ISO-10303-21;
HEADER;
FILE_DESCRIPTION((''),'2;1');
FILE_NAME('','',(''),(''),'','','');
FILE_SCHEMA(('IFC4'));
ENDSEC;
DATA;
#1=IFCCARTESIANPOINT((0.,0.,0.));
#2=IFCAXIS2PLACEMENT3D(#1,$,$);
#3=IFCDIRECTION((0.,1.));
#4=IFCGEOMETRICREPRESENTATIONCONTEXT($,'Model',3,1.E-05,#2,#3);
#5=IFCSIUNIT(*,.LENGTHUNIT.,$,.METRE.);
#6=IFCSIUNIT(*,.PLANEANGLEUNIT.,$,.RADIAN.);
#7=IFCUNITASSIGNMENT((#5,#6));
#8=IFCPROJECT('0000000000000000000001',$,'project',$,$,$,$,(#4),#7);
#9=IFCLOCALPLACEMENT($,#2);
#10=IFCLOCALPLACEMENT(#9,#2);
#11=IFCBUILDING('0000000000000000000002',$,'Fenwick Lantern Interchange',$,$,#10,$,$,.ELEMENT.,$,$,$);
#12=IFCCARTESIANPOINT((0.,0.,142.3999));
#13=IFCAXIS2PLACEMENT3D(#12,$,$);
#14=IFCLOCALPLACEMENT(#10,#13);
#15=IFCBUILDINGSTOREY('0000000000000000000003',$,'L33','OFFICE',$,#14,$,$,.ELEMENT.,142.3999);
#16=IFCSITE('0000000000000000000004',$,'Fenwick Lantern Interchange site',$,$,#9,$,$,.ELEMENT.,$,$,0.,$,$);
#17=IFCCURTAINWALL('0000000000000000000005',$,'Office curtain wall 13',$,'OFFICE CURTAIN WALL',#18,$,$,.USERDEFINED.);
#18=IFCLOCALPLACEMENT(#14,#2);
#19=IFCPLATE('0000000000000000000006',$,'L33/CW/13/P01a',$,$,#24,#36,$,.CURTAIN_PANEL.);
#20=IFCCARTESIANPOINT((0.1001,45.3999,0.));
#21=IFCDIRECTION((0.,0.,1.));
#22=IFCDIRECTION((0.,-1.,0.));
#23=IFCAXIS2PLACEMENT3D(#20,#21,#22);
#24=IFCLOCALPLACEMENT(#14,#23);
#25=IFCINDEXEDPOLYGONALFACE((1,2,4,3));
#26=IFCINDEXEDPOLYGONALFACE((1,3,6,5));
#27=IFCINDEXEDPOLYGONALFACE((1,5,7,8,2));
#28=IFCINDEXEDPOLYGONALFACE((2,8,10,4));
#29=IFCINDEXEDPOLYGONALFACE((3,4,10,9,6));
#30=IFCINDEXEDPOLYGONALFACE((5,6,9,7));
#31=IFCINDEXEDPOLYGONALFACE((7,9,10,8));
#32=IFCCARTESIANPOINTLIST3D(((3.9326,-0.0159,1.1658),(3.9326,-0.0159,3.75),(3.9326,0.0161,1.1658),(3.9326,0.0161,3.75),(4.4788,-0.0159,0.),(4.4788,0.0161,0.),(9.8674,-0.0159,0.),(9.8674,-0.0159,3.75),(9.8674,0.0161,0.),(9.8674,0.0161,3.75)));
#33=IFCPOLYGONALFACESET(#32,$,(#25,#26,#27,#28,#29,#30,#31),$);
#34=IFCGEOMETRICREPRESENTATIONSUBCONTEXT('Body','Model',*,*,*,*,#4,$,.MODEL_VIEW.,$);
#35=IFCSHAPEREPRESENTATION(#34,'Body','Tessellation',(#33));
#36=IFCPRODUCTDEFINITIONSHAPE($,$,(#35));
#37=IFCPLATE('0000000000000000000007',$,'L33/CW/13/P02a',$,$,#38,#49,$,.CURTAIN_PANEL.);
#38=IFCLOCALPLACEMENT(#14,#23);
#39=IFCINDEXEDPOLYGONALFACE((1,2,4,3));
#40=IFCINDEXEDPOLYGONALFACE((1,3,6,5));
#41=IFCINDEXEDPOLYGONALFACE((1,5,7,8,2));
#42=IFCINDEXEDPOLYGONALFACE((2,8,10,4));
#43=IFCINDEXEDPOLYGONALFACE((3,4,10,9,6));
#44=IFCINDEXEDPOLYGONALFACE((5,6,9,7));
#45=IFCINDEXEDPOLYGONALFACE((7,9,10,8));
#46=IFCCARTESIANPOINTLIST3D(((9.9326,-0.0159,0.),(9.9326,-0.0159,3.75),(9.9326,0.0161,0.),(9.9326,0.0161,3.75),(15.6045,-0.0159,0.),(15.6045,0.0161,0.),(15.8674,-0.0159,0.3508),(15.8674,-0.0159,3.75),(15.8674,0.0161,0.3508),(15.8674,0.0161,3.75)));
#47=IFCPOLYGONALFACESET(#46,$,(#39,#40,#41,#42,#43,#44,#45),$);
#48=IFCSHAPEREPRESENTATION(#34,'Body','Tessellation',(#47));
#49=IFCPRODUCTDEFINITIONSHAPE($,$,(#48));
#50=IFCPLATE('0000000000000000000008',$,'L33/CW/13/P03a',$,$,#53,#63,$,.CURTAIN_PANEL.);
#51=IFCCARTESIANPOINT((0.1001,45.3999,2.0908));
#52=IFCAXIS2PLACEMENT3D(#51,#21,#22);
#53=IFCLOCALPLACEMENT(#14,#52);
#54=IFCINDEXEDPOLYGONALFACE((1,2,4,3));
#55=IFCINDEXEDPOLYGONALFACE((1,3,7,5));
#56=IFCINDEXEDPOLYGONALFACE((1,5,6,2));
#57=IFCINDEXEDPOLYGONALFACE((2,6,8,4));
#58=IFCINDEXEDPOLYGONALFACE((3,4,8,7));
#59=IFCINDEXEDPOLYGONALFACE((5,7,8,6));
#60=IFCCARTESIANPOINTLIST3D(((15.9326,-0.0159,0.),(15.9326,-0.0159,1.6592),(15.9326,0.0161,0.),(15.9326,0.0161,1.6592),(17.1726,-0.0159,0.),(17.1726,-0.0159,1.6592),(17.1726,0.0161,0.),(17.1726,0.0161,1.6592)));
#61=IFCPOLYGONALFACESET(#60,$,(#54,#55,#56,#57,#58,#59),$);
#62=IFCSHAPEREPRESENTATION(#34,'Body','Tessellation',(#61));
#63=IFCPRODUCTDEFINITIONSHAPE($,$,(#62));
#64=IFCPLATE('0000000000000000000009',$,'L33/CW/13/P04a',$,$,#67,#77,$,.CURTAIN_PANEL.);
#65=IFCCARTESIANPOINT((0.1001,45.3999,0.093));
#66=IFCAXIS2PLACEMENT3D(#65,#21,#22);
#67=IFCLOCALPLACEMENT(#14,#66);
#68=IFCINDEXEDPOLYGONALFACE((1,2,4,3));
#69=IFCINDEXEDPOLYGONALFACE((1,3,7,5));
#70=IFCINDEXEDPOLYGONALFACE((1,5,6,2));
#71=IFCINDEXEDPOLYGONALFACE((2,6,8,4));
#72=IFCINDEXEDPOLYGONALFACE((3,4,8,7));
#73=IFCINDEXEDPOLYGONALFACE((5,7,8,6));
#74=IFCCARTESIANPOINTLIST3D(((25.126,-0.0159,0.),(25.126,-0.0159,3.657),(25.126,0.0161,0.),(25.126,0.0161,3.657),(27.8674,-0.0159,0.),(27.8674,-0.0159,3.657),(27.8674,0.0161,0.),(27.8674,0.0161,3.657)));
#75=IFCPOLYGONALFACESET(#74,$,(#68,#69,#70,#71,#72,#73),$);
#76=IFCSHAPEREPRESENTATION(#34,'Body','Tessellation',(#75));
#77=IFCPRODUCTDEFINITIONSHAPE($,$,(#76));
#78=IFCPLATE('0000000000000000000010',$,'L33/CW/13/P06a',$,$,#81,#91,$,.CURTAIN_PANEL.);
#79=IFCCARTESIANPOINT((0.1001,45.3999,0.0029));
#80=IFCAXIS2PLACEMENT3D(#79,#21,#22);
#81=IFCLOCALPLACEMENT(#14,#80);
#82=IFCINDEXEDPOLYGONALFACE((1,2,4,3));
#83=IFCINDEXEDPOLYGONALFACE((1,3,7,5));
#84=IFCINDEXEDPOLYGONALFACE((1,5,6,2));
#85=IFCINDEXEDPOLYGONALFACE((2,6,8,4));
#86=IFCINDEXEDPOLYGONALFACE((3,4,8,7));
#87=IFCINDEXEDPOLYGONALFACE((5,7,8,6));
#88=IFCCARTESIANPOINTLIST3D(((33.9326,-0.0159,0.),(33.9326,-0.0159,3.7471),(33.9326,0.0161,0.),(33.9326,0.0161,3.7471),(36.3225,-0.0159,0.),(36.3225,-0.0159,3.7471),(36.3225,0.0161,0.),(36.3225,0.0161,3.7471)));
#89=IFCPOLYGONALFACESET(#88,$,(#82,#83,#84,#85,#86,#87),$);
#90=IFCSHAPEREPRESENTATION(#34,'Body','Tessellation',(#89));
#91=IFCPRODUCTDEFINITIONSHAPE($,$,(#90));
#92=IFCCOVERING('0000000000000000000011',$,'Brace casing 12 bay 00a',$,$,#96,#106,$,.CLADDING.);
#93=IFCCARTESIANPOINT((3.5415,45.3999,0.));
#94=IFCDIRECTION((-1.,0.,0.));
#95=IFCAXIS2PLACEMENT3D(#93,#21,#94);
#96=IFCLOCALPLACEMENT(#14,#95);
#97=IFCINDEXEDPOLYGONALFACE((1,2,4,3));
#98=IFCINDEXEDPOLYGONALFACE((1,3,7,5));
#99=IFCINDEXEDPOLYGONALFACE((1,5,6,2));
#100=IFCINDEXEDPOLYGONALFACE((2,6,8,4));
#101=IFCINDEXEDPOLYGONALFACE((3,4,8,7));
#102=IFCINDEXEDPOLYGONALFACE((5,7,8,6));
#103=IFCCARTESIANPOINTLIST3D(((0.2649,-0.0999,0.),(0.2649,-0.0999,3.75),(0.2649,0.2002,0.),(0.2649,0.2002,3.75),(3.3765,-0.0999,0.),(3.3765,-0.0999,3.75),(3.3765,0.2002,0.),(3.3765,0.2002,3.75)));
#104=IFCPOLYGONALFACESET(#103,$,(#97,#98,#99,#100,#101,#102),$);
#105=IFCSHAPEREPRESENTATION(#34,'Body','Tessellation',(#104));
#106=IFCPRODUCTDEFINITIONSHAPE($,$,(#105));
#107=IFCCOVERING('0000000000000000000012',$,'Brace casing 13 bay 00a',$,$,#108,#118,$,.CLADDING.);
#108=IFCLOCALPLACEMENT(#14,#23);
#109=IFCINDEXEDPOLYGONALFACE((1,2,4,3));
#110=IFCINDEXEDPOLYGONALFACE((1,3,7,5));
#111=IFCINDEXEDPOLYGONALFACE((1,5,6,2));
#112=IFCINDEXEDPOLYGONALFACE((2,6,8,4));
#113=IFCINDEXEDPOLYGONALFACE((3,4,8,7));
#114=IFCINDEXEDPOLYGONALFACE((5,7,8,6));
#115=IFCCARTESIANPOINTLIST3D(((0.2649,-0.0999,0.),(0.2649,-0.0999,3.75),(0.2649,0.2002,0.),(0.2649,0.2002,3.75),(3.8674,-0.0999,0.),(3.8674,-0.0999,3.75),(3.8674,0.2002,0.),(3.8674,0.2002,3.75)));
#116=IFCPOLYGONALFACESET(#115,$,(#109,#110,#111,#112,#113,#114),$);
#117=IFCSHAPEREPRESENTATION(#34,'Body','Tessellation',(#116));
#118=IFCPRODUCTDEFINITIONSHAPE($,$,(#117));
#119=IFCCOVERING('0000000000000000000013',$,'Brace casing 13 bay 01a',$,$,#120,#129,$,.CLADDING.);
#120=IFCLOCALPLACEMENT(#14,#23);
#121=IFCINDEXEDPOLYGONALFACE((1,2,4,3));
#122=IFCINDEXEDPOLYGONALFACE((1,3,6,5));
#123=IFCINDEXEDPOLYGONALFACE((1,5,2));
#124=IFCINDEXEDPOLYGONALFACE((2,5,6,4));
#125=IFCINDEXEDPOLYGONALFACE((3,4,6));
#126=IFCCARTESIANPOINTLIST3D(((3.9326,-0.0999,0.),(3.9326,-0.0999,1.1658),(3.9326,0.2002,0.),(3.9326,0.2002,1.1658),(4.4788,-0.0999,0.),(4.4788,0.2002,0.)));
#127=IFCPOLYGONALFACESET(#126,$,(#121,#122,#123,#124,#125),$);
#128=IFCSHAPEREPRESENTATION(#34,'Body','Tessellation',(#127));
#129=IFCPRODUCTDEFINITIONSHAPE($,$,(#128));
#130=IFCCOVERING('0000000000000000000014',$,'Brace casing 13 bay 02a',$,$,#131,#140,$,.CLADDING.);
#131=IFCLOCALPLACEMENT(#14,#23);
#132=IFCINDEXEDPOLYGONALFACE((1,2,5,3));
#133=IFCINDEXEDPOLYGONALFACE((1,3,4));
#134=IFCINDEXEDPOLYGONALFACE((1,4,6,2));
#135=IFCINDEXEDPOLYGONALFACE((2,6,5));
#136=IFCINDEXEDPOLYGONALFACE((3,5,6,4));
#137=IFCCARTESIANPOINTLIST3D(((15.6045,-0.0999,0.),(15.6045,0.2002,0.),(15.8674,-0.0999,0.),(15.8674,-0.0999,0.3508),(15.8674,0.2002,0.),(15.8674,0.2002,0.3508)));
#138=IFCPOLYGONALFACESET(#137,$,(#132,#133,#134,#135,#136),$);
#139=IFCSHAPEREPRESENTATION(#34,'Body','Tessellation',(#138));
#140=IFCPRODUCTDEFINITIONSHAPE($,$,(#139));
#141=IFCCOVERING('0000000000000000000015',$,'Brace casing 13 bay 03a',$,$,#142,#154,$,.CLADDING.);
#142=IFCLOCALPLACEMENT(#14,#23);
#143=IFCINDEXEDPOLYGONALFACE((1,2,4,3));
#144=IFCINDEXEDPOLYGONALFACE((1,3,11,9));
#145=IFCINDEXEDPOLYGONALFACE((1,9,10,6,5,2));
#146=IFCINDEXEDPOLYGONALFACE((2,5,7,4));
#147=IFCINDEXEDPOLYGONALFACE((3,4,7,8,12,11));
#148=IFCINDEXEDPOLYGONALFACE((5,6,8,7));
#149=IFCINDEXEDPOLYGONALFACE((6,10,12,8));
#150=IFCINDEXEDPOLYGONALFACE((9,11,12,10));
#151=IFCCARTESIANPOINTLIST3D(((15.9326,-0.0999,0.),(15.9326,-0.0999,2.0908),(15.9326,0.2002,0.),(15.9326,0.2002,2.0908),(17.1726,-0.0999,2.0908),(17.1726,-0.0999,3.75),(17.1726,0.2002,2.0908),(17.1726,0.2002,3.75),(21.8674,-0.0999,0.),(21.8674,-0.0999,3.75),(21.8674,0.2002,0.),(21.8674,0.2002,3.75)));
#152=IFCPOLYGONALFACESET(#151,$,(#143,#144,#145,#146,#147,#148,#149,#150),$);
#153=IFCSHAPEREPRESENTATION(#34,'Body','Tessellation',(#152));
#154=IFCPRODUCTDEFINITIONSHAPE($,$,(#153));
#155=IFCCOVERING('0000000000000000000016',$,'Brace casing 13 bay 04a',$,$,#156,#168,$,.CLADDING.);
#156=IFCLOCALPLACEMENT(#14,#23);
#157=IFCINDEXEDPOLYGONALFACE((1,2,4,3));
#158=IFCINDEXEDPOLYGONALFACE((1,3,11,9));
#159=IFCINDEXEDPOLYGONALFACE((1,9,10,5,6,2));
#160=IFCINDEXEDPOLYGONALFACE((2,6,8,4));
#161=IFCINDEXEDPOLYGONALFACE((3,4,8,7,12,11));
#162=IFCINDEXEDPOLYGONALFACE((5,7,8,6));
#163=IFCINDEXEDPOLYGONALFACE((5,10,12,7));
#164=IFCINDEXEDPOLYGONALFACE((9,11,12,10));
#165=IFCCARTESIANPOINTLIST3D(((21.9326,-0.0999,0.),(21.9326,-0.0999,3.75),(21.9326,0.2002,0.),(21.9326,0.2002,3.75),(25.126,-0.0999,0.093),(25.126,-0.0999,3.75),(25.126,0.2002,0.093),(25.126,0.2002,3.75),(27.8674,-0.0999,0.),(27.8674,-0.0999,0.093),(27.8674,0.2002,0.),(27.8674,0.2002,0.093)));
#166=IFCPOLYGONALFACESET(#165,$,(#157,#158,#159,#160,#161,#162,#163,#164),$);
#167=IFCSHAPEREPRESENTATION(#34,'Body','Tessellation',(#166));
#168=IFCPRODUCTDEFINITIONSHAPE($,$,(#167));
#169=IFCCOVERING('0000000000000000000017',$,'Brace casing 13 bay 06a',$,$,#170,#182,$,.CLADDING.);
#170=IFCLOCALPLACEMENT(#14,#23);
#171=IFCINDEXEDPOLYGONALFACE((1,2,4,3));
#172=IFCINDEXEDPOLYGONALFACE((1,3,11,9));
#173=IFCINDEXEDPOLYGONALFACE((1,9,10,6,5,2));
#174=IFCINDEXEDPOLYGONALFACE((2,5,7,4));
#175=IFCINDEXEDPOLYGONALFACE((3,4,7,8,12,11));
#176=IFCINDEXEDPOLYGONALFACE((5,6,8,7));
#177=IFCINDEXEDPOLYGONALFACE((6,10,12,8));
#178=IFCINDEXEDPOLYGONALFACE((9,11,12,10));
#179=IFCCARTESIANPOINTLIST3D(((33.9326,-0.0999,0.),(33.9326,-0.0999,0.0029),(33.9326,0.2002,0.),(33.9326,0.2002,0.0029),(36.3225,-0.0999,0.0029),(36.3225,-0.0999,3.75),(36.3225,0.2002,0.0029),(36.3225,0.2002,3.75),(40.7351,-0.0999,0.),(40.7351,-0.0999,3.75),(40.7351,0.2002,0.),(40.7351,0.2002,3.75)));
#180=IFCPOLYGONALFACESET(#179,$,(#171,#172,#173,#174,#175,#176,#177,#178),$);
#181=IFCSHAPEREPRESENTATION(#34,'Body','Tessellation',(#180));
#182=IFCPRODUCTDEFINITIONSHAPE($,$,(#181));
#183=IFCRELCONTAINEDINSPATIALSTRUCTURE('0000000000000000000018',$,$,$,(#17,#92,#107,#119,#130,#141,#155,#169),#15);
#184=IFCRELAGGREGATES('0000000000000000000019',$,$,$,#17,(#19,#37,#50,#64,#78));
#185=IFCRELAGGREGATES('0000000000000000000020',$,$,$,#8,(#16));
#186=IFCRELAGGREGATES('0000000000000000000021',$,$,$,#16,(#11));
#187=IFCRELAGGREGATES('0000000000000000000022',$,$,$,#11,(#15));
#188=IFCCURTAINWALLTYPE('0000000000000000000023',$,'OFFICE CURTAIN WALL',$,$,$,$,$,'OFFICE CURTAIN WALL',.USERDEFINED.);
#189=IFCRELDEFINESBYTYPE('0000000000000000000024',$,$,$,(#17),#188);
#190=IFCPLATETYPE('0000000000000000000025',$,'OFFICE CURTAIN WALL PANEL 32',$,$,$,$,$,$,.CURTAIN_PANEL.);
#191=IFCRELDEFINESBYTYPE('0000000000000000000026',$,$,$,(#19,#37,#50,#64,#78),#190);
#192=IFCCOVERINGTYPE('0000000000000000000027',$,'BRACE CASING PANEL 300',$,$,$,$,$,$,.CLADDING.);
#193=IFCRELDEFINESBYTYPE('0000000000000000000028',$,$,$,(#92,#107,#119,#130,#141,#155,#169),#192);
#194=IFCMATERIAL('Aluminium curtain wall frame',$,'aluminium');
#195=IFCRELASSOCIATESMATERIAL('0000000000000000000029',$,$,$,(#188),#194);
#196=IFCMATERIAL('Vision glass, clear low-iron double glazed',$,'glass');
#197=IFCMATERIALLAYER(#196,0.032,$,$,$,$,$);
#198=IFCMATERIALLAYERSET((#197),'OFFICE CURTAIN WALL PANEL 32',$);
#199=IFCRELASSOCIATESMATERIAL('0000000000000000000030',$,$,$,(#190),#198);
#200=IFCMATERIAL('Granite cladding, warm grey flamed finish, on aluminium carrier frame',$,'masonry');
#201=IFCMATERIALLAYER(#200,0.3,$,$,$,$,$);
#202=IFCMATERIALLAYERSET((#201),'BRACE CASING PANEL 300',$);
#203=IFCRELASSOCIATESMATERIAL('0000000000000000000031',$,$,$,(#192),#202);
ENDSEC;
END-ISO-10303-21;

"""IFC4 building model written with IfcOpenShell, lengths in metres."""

from ifc_helpers import new_model, si_unit, direction, frame, origin, place, context, subcontext, project, spatial, polyline, outline, extrude, material, layer, layer_set, type_object, element, aggregate, save


model = new_model("IFC4")

# Units and contexts
model_context = context("Model", 3, precision=1e-05, world=origin(), true_north=direction((0.0, 1.0)))
body_context = subcontext(model_context, "Body", "Model", "MODEL_VIEW")
ifc_project = project(units=[si_unit("LENGTHUNIT", "METRE"), si_unit("PLANEANGLEUNIT", "RADIAN")], contexts=[model_context])

# Site, building, storey
site_placement = place(None, origin())
site = spatial("IfcSite", under=ifc_project, at=site_placement, Name="Fenwick Lantern Interchange site", CompositionType="ELEMENT", RefElevation=0.0)
building_placement = place(site_placement, origin())
building = spatial("IfcBuilding", under=site, at=building_placement, Name="Fenwick Lantern Interchange", CompositionType="ELEMENT")
storey_placement = place(building_placement, frame((0.0, 0.0, 142.3999)))
storey = spatial("IfcBuildingStorey", under=building, at=storey_placement, Name="L33", Description="OFFICE", CompositionType="ELEMENT", Elevation=142.3999)

# Shared definitions
ifc_material_1 = material(Name="Aluminium curtain wall frame", Category="aluminium")
curtain_wall_type = type_object("IfcCurtainWallType", Name="OFFICE CURTAIN WALL", ElementType="OFFICE CURTAIN WALL", PredefinedType="USERDEFINED", material=ifc_material_1)

# Curtain wall
curtain_wall_1_placement = place(storey_placement, origin())
curtain_wall_1 = element("IfcCurtainWall", 1, at=curtain_wall_1_placement, inside=storey, type_object=curtain_wall_type, Name="Office curtain wall 13", ObjectType="OFFICE CURTAIN WALL", PredefinedType="USERDEFINED")

# Plates
ifc_material_2 = material(Name="Vision glass, clear low-iron double glazed", Category="glass")
ifc_layer_1 = layer(ifc_material_2, 0.032)
ifc_layer_set_1 = layer_set([ifc_layer_1], Name="OFFICE CURTAIN WALL PANEL 32")
plate_type = type_object("IfcPlateType", Name="OFFICE CURTAIN WALL PANEL 32", PredefinedType="CURTAIN_PANEL", material=ifc_layer_set_1)
plate_1_placement = place(storey_placement, frame((0.1001, 45.3999, 0.0), z_axis=(0.0, 0.0, 1.0), x_axis=(0.0, -1.0, 0.0)))
plate_1 = element("IfcPlate", 2, at=plate_1_placement, type_object=plate_type, Name="L33/CW/13/P01a", PredefinedType="CURTAIN_PANEL", context=body_context, shape_type="SweptSolid", body=[
    extrude(outline(polyline([(4.4788, 0.0), (9.8674, 0.0), (9.8674, 3.75), (3.9326, 3.75), (3.9326, 1.1658), (4.4788, 0.0)])), frame((0.0, 0.0161, 0.0), z_axis=(0.0, -1.0, 0.0), x_axis=(1.0, 0.0, 0.0)), (0.0, 0.0, 1.0), 0.032),
])
plate_2_placement = place(storey_placement, frame((0.1001, 45.3999, 0.0), z_axis=(0.0, 0.0, 1.0), x_axis=(0.0, -1.0, 0.0)))
plate_2 = element("IfcPlate", 3, at=plate_2_placement, type_object=plate_type, Name="L33/CW/13/P02a", PredefinedType="CURTAIN_PANEL", context=body_context, shape_type="SweptSolid", body=[
    extrude(outline(polyline([(9.9326, 0.0), (15.6045, 0.0), (15.8674, 0.3508), (15.8674, 3.75), (9.9326, 3.75), (9.9326, 0.0)])), frame((0.0, 0.0161, 0.0), z_axis=(0.0, -1.0, 0.0), x_axis=(1.0, 0.0, 0.0)), (0.0, 0.0, 1.0), 0.032),
])
plate_3_placement = place(storey_placement, frame((0.1001, 45.3999, 2.0908), z_axis=(0.0, 0.0, 1.0), x_axis=(0.0, -1.0, 0.0)))
plate_3 = element("IfcPlate", 4, at=plate_3_placement, type_object=plate_type, Name="L33/CW/13/P03a", PredefinedType="CURTAIN_PANEL", context=body_context, shape_type="SweptSolid", body=[
    extrude(outline(polyline([(15.9326, 0.0), (17.1726, 0.0), (17.1726, 1.6592), (15.9326, 1.6592), (15.9326, 0.0)])), frame((0.0, 0.0161, 0.0), z_axis=(0.0, -1.0, 0.0), x_axis=(1.0, 0.0, 0.0)), (0.0, 0.0, 1.0), 0.032),
])
plate_4_placement = place(storey_placement, frame((0.1001, 45.3999, 0.093), z_axis=(0.0, 0.0, 1.0), x_axis=(0.0, -1.0, 0.0)))
plate_4 = element("IfcPlate", 5, at=plate_4_placement, type_object=plate_type, Name="L33/CW/13/P04a", PredefinedType="CURTAIN_PANEL", context=body_context, shape_type="SweptSolid", body=[
    extrude(outline(polyline([(25.126, 0.0), (27.8674, 0.0), (27.8674, 3.657), (25.126, 3.657), (25.126, 0.0)])), frame((0.0, 0.0161, 0.0), z_axis=(0.0, -1.0, 0.0), x_axis=(1.0, 0.0, 0.0)), (0.0, 0.0, 1.0), 0.032),
])
plate_5_placement = place(storey_placement, frame((0.1001, 45.3999, 0.0029), z_axis=(0.0, 0.0, 1.0), x_axis=(0.0, -1.0, 0.0)))
plate_5 = element("IfcPlate", 6, at=plate_5_placement, type_object=plate_type, Name="L33/CW/13/P06a", PredefinedType="CURTAIN_PANEL", context=body_context, shape_type="SweptSolid", body=[
    extrude(outline(polyline([(33.9326, 0.0), (36.3225, 0.0), (36.3225, 3.7471), (33.9326, 3.7471), (33.9326, 0.0)])), frame((0.0, 0.0161, 0.0), z_axis=(0.0, -1.0, 0.0), x_axis=(1.0, 0.0, 0.0)), (0.0, 0.0, 1.0), 0.032),
])
aggregate(curtain_wall_1, [plate_1, plate_2, plate_3, plate_4, plate_5])

# Coverings
ifc_material_3 = material(Name="Granite cladding, warm grey flamed finish, on aluminium carrier frame", Category="masonry")
ifc_layer_2 = layer(ifc_material_3, 0.3)
ifc_layer_set_2 = layer_set([ifc_layer_2], Name="BRACE CASING PANEL 300")
covering_type = type_object("IfcCoveringType", Name="BRACE CASING PANEL 300", PredefinedType="CLADDING", material=ifc_layer_set_2)
covering_1_placement = place(storey_placement, frame((3.5415, 45.3999, 0.0), z_axis=(0.0, 0.0, 1.0), x_axis=(-1.0, 0.0, 0.0)))
element("IfcCovering", 7, at=covering_1_placement, inside=storey, type_object=covering_type, Name="Brace casing 12 bay 00a", PredefinedType="CLADDING", context=body_context, shape_type="SweptSolid", body=[
    extrude(outline(polyline([(0.2649, 0.0), (3.3765, 0.0), (3.3765, 3.75), (0.2649, 3.75), (0.2649, 0.0)])), frame((0.0, 0.2002, 0.0), z_axis=(0.0, -1.0, 0.0), x_axis=(1.0, 0.0, 0.0)), (0.0, 0.0, 1.0), 0.3),
])
covering_2_placement = place(storey_placement, frame((0.1001, 45.3999, 0.0), z_axis=(0.0, 0.0, 1.0), x_axis=(0.0, -1.0, 0.0)))
element("IfcCovering", 8, at=covering_2_placement, inside=storey, type_object=covering_type, Name="Brace casing 13 bay 00a", PredefinedType="CLADDING", context=body_context, shape_type="SweptSolid", body=[
    extrude(outline(polyline([(0.2649, 0.0), (3.8674, 0.0), (3.8674, 3.75), (0.2649, 3.75), (0.2649, 0.0)])), frame((0.0, 0.2002, 0.0), z_axis=(0.0, -1.0, 0.0), x_axis=(1.0, 0.0, 0.0)), (0.0, 0.0, 1.0), 0.3),
])
covering_3_placement = place(storey_placement, frame((0.1001, 45.3999, 0.0), z_axis=(0.0, 0.0, 1.0), x_axis=(0.0, -1.0, 0.0)))
element("IfcCovering", 9, at=covering_3_placement, inside=storey, type_object=covering_type, Name="Brace casing 13 bay 01a", PredefinedType="CLADDING", context=body_context, shape_type="SweptSolid", body=[
    extrude(outline(polyline([(3.9326, 0.0), (4.4788, 0.0), (3.9326, 1.1658), (3.9326, 0.0)])), frame((0.0, 0.2002, 0.0), z_axis=(0.0, -1.0, 0.0), x_axis=(1.0, 0.0, 0.0)), (0.0, 0.0, 1.0), 0.3),
])
covering_4_placement = place(storey_placement, frame((0.1001, 45.3999, 0.0), z_axis=(0.0, 0.0, 1.0), x_axis=(0.0, -1.0, 0.0)))
element("IfcCovering", 10, at=covering_4_placement, inside=storey, type_object=covering_type, Name="Brace casing 13 bay 02a", PredefinedType="CLADDING", context=body_context, shape_type="SweptSolid", body=[
    extrude(outline(polyline([(15.6045, 0.0), (15.8674, 0.0), (15.8674, 0.3508), (15.6045, 0.0)])), frame((0.0, 0.2002, 0.0), z_axis=(0.0, -1.0, 0.0), x_axis=(1.0, 0.0, 0.0)), (0.0, 0.0, 1.0), 0.3),
])
covering_5_placement = place(storey_placement, frame((0.1001, 45.3999, 0.0), z_axis=(0.0, 0.0, 1.0), x_axis=(0.0, -1.0, 0.0)))
element("IfcCovering", 11, at=covering_5_placement, inside=storey, type_object=covering_type, Name="Brace casing 13 bay 03a", PredefinedType="CLADDING", context=body_context, shape_type="SweptSolid", body=[
    extrude(outline(polyline([(15.9326, 0.0), (21.8674, 0.0), (21.8674, 3.75), (17.1726, 3.75), (17.1726, 2.0908), (15.9326, 2.0908), (15.9326, 0.0)])), frame((0.0, 0.2002, 0.0), z_axis=(0.0, -1.0, 0.0), x_axis=(1.0, 0.0, 0.0)), (0.0, 0.0, 1.0), 0.3),
])
covering_6_placement = place(storey_placement, frame((0.1001, 45.3999, 0.0), z_axis=(0.0, 0.0, 1.0), x_axis=(0.0, -1.0, 0.0)))
element("IfcCovering", 12, at=covering_6_placement, inside=storey, type_object=covering_type, Name="Brace casing 13 bay 04a", PredefinedType="CLADDING", context=body_context, shape_type="SweptSolid", body=[
    extrude(outline(polyline([(21.9326, 0.0), (27.8674, 0.0), (27.8674, 0.093), (25.126, 0.093), (25.126, 3.75), (21.9326, 3.75), (21.9326, 0.0)])), frame((0.0, 0.2002, 0.0), z_axis=(0.0, -1.0, 0.0), x_axis=(1.0, 0.0, 0.0)), (0.0, 0.0, 1.0), 0.3),
])
covering_7_placement = place(storey_placement, frame((0.1001, 45.3999, 0.0), z_axis=(0.0, 0.0, 1.0), x_axis=(0.0, -1.0, 0.0)))
element("IfcCovering", 13, at=covering_7_placement, inside=storey, type_object=covering_type, Name="Brace casing 13 bay 06a", PredefinedType="CLADDING", context=body_context, shape_type="SweptSolid", body=[
    extrude(outline(polyline([(33.9326, 0.0), (40.7351, 0.0), (40.7351, 3.75), (36.3225, 3.75), (36.3225, 0.0029), (33.9326, 0.0029), (33.9326, 0.0)])), frame((0.0, 0.2002, 0.0), z_axis=(0.0, -1.0, 0.0), x_axis=(1.0, 0.0, 0.0)), (0.0, 0.0, 1.0), 0.3),
])

save(model, "model.ifc")
